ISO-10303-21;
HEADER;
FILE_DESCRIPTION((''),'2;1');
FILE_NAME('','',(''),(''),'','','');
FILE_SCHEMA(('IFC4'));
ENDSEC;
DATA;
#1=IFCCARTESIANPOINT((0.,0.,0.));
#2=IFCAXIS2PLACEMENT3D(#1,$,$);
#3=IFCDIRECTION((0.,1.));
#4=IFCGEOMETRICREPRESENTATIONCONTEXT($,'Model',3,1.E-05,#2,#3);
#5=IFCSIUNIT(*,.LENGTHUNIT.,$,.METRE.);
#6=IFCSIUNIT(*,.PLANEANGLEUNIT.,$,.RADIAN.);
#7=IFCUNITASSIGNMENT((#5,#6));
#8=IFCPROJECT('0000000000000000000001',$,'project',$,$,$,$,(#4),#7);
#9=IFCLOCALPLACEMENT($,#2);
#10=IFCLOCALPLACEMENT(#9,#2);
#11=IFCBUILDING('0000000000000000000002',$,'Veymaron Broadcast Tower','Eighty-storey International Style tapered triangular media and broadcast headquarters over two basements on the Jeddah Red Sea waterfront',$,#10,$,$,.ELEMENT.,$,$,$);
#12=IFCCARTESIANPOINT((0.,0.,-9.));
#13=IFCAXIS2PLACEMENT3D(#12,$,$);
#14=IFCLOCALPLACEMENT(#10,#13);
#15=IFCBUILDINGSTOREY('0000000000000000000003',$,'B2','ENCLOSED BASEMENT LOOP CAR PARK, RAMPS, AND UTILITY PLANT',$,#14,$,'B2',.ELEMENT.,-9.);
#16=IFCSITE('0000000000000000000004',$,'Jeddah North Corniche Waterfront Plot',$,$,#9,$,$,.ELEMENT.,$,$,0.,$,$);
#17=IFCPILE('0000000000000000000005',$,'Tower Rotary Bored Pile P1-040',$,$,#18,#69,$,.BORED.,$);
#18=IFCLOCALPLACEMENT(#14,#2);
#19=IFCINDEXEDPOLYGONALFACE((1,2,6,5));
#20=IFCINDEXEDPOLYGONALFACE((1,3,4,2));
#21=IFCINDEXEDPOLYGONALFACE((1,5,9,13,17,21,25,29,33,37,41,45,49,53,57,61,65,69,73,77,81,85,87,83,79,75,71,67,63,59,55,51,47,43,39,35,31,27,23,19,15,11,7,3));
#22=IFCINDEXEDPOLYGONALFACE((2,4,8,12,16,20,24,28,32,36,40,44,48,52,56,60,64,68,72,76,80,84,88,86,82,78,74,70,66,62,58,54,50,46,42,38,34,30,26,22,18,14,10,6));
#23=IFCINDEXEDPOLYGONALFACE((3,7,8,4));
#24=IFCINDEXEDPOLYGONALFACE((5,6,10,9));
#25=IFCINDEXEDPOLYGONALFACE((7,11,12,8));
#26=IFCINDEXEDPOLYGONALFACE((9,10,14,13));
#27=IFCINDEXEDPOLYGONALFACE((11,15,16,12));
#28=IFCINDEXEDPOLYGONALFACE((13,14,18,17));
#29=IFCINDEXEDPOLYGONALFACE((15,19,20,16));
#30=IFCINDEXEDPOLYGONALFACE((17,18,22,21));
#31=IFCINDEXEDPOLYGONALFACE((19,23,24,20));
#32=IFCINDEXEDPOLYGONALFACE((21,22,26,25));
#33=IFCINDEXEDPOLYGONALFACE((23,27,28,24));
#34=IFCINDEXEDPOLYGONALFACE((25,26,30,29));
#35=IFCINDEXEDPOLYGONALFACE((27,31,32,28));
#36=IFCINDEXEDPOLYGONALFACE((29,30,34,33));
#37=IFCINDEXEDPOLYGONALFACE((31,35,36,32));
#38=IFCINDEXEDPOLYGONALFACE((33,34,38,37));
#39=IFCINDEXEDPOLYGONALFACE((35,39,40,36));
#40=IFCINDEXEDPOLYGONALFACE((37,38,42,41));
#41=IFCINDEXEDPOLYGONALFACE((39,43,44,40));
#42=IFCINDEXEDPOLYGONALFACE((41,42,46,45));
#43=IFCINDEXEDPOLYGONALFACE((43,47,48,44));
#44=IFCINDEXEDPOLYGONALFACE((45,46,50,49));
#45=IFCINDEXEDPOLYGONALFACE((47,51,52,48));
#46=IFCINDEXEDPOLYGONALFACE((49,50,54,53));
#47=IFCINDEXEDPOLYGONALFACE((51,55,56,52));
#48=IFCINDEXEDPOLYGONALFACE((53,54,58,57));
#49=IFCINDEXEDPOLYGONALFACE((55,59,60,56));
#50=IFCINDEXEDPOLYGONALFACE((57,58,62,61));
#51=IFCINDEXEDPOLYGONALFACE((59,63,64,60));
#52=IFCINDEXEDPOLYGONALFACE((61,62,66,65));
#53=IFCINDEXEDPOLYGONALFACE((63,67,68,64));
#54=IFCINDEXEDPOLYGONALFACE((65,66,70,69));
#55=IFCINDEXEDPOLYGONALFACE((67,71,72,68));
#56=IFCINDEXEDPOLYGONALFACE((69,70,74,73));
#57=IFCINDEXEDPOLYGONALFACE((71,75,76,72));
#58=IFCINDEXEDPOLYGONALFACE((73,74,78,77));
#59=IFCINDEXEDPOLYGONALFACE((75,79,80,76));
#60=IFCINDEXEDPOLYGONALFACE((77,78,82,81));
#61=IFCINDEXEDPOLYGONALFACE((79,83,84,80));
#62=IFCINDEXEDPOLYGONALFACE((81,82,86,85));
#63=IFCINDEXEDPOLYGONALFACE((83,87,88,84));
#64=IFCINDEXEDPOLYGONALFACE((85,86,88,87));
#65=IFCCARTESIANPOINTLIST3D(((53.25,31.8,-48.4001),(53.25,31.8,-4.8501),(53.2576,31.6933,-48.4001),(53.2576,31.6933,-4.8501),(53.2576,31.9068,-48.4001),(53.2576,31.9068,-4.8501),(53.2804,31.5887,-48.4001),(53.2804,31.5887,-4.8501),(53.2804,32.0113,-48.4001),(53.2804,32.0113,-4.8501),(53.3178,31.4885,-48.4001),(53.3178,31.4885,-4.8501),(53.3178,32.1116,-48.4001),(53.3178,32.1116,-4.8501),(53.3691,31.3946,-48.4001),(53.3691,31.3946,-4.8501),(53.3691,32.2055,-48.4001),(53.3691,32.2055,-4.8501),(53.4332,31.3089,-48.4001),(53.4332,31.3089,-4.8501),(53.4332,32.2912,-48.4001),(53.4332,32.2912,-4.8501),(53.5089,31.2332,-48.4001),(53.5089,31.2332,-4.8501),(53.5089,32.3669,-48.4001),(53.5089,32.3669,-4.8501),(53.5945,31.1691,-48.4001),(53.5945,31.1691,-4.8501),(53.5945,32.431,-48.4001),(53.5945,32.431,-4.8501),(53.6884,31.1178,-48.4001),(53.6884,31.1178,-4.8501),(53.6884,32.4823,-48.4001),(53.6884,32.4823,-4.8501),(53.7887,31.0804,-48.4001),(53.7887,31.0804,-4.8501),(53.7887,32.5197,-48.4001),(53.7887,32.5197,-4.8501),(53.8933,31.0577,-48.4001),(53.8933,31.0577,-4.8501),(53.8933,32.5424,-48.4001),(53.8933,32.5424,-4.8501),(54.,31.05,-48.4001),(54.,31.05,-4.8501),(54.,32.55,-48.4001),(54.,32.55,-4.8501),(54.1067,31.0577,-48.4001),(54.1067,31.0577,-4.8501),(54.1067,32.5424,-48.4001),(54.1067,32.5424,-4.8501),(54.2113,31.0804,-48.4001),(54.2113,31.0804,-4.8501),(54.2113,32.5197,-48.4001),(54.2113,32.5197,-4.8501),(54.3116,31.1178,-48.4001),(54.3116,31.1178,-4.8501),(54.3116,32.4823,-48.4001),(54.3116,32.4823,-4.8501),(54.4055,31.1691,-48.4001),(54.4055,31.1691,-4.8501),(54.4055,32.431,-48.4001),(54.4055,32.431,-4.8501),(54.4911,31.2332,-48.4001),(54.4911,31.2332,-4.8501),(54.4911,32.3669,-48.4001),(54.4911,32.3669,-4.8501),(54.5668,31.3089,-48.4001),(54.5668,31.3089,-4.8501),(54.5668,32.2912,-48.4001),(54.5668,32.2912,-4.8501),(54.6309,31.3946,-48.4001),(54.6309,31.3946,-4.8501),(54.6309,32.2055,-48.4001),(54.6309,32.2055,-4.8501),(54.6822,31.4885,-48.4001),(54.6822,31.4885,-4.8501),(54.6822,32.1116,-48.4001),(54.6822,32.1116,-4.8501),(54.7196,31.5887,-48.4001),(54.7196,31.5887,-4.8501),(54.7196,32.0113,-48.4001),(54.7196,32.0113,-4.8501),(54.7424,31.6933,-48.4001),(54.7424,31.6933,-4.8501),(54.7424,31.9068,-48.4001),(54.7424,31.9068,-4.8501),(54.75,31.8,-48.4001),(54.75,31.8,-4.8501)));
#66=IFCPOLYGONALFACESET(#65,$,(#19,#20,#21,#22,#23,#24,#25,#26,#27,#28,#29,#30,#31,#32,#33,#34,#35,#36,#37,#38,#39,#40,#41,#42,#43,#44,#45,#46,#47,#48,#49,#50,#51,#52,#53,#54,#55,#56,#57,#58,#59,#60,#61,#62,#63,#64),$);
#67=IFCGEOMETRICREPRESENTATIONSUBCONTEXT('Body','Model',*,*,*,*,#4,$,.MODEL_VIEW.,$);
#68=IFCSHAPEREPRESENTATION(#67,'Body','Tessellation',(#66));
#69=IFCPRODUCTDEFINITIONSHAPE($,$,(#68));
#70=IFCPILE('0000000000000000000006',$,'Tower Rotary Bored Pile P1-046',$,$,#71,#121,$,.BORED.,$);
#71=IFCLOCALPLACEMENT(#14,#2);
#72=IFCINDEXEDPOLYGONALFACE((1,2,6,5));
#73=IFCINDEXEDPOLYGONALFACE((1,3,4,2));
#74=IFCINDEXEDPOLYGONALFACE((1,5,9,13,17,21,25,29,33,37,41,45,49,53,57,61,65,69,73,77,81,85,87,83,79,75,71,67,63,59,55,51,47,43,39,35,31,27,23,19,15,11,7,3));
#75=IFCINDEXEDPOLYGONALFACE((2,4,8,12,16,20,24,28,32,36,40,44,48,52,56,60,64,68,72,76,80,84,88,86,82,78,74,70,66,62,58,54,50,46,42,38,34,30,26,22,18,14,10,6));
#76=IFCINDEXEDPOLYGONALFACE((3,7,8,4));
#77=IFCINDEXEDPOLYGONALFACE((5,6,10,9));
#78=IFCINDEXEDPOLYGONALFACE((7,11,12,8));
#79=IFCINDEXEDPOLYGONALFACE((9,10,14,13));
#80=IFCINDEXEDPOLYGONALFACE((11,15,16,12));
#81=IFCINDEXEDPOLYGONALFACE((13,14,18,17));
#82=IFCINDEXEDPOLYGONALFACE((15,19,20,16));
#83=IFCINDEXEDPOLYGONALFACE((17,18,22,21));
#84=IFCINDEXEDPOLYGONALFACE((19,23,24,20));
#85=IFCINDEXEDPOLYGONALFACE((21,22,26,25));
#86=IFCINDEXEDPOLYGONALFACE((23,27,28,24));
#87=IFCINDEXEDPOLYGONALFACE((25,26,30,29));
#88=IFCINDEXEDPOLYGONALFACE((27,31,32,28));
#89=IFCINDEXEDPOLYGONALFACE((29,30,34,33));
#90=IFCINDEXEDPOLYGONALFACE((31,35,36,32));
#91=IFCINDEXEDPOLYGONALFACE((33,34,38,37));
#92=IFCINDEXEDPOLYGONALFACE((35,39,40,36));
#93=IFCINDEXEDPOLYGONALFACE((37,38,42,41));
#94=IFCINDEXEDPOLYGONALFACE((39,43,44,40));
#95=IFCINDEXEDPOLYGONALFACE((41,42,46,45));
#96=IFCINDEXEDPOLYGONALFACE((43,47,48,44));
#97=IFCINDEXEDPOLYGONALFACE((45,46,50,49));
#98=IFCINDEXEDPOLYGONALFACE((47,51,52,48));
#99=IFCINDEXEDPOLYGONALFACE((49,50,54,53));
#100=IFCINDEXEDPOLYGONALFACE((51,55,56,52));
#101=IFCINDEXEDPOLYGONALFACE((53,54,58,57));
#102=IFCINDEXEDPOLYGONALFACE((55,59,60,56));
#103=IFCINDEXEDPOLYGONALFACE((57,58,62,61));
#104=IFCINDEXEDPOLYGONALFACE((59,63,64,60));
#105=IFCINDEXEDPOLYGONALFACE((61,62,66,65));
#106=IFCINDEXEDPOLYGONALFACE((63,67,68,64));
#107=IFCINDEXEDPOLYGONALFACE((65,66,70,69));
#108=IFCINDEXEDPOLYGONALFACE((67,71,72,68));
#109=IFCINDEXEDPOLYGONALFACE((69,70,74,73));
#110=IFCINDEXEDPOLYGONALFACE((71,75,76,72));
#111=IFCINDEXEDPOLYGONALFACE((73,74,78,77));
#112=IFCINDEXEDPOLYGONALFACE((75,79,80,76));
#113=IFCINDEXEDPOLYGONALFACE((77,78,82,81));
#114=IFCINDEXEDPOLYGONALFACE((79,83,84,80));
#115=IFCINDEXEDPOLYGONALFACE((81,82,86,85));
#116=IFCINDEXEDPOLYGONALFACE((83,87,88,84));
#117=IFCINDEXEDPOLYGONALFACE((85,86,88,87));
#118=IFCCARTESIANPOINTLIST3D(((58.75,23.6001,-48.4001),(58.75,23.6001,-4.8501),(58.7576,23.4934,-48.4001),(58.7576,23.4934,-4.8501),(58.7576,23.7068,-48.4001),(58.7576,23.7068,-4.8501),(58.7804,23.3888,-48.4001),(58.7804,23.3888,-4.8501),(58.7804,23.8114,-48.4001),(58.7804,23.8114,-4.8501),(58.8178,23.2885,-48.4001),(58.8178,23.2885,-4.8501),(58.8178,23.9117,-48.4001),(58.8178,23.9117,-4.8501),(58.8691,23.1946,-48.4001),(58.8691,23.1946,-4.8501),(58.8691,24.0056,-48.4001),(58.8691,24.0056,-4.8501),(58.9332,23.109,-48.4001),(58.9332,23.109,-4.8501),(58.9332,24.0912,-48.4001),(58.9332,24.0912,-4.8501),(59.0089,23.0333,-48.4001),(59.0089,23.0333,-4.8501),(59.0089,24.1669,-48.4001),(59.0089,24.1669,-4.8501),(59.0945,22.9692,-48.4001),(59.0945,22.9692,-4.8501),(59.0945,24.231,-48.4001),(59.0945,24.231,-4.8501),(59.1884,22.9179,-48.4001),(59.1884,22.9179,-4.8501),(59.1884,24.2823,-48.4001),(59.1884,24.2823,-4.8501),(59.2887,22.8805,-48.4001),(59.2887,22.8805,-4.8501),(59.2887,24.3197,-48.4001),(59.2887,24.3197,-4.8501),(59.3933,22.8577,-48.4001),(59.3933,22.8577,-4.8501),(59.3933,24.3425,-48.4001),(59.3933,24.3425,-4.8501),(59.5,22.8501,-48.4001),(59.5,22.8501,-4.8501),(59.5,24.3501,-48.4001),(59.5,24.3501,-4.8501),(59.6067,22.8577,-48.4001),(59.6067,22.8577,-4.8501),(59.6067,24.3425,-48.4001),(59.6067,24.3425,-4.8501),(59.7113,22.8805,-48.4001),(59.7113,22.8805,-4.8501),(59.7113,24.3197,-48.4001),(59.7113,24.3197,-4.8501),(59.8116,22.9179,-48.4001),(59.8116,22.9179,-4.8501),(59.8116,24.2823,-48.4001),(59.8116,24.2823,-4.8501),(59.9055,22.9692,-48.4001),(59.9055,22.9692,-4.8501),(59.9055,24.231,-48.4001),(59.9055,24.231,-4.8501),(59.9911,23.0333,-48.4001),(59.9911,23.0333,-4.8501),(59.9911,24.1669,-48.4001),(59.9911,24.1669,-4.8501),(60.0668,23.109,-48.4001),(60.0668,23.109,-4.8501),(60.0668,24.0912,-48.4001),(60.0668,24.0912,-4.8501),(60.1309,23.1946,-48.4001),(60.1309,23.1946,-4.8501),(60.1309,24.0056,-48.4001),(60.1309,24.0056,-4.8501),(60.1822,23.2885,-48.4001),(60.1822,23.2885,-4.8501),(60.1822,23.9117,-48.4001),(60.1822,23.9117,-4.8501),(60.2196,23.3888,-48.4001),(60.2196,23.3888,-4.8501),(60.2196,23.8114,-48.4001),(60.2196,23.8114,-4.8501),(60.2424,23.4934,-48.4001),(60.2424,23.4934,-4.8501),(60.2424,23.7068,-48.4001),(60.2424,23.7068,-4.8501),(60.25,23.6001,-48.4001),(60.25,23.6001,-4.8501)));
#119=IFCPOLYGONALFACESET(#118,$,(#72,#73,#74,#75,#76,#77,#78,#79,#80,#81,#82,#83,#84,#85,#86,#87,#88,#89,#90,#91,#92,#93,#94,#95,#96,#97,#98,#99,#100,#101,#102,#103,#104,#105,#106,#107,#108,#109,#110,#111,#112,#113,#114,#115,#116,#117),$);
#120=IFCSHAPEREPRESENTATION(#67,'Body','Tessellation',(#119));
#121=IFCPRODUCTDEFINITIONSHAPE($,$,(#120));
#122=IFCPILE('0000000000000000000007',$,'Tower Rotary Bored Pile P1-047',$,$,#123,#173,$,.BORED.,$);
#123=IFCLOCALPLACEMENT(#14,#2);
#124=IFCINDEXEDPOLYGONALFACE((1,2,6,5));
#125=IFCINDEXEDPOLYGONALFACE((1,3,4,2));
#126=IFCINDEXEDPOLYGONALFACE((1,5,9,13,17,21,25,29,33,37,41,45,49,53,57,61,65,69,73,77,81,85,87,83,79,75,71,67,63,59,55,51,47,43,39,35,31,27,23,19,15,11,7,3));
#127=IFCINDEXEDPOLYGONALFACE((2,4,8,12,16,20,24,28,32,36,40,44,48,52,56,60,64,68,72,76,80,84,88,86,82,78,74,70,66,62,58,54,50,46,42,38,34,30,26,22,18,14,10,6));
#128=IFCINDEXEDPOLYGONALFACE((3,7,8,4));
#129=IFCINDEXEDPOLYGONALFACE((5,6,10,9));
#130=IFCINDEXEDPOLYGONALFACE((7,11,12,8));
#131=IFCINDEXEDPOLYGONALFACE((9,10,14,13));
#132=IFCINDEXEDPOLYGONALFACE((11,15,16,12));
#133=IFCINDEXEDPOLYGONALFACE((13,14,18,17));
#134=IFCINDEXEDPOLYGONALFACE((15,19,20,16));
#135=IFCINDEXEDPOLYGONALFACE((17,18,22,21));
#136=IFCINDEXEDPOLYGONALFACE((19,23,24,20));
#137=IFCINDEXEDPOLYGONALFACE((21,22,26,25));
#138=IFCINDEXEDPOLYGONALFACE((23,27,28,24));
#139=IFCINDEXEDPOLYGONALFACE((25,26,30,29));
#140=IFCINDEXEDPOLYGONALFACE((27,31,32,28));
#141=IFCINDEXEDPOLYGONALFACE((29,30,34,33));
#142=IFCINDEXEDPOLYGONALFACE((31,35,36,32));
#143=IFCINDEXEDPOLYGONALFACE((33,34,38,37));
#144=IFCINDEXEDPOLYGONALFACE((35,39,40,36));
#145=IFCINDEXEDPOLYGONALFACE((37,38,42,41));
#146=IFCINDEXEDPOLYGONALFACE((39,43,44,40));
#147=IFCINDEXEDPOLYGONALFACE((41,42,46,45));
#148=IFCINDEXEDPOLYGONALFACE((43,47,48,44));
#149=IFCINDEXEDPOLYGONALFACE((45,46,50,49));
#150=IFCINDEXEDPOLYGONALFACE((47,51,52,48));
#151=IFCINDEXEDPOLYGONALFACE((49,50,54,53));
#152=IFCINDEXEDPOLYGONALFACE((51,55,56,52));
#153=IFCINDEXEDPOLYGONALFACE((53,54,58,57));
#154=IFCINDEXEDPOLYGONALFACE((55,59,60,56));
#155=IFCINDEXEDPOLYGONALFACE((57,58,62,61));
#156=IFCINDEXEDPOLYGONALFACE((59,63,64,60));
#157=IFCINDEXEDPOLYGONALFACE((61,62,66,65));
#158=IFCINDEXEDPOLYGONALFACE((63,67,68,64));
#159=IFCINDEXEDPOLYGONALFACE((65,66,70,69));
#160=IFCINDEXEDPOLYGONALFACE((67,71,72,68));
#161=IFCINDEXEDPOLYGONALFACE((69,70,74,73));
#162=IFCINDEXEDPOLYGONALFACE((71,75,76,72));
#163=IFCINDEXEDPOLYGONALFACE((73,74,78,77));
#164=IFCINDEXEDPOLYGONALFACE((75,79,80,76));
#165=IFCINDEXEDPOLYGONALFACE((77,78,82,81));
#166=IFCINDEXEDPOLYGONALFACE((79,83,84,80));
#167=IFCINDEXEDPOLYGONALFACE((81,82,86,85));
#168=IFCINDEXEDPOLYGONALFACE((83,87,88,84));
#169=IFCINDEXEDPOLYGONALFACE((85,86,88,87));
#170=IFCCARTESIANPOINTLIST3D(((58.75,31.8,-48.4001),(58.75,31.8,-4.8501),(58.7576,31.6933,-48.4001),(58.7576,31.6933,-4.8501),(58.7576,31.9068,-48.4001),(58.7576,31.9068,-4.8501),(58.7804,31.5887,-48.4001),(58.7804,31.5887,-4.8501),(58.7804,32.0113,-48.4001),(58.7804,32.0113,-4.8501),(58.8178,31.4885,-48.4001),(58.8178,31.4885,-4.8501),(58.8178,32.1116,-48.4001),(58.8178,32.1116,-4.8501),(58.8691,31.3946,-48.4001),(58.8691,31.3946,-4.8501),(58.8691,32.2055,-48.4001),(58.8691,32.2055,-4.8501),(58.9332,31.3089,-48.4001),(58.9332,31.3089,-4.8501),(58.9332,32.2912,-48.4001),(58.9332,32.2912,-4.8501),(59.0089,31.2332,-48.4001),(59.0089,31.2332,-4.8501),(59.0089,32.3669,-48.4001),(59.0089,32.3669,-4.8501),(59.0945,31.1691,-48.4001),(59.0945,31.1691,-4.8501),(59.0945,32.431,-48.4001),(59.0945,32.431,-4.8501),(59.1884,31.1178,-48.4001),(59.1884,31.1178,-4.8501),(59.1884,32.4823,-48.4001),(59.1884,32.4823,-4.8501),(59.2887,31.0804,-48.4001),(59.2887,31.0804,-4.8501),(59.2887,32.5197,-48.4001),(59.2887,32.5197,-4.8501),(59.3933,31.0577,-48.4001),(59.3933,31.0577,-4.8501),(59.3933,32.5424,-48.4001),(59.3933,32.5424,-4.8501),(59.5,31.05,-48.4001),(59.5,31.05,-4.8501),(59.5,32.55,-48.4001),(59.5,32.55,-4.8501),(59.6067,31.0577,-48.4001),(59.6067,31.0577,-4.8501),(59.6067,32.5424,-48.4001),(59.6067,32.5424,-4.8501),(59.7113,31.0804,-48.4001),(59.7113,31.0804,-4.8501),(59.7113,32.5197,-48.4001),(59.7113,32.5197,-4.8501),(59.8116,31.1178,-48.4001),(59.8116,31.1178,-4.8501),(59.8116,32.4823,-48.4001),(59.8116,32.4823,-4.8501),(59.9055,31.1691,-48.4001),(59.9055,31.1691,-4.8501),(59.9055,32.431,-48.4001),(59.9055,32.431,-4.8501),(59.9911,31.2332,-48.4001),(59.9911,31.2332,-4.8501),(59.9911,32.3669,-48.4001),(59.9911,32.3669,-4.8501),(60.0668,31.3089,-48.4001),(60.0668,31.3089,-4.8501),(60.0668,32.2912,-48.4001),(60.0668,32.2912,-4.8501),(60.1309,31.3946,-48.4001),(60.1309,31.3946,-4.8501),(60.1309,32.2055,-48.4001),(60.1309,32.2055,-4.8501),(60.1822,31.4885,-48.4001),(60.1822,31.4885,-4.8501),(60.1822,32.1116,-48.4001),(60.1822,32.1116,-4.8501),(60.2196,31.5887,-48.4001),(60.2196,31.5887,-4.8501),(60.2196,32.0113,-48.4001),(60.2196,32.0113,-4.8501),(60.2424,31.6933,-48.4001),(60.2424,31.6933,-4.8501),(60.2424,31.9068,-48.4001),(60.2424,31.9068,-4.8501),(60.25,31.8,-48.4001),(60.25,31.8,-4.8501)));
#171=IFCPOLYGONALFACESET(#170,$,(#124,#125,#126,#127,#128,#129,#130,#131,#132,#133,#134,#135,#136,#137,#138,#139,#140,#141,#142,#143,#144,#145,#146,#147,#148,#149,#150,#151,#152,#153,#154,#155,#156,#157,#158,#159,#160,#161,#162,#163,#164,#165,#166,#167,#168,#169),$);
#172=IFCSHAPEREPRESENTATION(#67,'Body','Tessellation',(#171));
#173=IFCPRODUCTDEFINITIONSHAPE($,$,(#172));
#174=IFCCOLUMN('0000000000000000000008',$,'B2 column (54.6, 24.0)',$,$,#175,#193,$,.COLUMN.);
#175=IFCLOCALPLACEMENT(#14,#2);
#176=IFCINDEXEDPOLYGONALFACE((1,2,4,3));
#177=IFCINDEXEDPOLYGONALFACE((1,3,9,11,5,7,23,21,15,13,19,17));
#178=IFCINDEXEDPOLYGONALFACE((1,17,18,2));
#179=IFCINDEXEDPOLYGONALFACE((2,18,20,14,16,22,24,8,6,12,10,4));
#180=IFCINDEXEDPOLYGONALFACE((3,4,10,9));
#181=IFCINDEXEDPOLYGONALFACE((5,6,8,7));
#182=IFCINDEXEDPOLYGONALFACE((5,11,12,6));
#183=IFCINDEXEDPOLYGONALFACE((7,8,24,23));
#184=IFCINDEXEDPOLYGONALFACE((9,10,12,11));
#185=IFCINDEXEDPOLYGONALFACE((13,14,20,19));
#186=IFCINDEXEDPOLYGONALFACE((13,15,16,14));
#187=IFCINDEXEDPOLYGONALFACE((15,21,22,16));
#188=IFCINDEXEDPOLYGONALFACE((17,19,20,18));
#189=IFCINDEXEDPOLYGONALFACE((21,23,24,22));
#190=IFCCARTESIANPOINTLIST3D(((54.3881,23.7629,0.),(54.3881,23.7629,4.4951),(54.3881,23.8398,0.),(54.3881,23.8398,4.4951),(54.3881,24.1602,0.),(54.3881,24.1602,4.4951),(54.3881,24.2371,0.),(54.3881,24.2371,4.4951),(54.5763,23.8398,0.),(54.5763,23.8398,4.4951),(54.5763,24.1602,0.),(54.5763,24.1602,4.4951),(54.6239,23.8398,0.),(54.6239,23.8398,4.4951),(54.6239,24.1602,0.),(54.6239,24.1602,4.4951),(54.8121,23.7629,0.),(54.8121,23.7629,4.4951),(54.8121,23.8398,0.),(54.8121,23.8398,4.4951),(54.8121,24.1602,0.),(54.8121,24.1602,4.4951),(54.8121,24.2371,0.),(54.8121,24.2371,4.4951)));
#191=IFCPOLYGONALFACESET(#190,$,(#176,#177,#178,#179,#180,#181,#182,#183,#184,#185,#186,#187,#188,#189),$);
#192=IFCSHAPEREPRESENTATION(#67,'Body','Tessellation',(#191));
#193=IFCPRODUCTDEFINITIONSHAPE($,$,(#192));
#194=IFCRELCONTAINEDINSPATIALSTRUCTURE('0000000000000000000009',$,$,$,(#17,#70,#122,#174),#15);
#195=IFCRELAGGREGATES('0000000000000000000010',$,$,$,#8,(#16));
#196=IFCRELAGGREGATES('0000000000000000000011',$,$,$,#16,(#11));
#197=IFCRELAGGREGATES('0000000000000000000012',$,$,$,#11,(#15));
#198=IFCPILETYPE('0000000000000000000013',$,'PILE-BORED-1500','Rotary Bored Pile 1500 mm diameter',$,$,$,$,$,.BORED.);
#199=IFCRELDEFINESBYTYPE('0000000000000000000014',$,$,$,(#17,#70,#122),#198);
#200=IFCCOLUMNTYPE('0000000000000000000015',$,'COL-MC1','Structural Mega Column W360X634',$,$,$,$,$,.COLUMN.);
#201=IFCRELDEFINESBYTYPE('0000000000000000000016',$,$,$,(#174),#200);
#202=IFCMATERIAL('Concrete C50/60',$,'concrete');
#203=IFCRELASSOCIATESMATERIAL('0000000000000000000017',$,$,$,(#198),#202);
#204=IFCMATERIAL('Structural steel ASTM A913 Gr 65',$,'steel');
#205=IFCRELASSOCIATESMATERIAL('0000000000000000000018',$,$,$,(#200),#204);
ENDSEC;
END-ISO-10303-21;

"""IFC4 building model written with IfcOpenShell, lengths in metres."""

from ifc_helpers import new_model, si_unit, direction, frame, origin, origin_2d, place, context, subcontext, project, spatial, circle, i_section, extrude, material, material_profile, profile_set, type_object, element, save


model = new_model("IFC4")

# Units and contexts
model_context = context("Model", 3, precision=1e-05, world=origin(), true_north=direction((0.0, 1.0)))
body_context = subcontext(model_context, "Body", "Model", "MODEL_VIEW")
ifc_project = project(units=[si_unit("LENGTHUNIT", "METRE"), si_unit("PLANEANGLEUNIT", "RADIAN")], contexts=[model_context])

# Site, building, storey
site_placement = place(None, origin())
site = spatial("IfcSite", under=ifc_project, at=site_placement, Name="Jeddah North Corniche Waterfront Plot", CompositionType="ELEMENT", RefElevation=0.0)
building_placement = place(site_placement, origin())
building = spatial("IfcBuilding", under=site, at=building_placement, Name="Veymaron Broadcast Tower", Description="Eighty-storey International Style tapered triangular media and broadcast headquarters over two basements on the Jeddah Red Sea waterfront", CompositionType="ELEMENT")
storey_placement = place(building_placement, frame((0.0, 0.0, -9.0)))
storey = spatial("IfcBuildingStorey", under=building, at=storey_placement, Name="B2", Description="ENCLOSED BASEMENT LOOP CAR PARK, RAMPS, AND UTILITY PLANT", LongName="B2", CompositionType="ELEMENT", Elevation=-9.0)

# Piles
ifc_material_1 = material(Name="Concrete C50/60", Category="concrete")
ifc_material_profile_1 = material_profile(ifc_material_1, circle(Radius=0.75, at=origin_2d()), Name="PILE1500")
ifc_profile_set_1 = profile_set([ifc_material_profile_1], Name="Concrete C50/60")
pile_type = type_object("IfcPileType", Name="PILE-BORED-1500", Description="Rotary Bored Pile 1500 mm diameter", PredefinedType="BORED", material=ifc_profile_set_1)
for number, where, z_axis, x_axis, name in (
    (1, (54.0, 31.8, -4.8501), (0.0, 0.0, -1.0), (1.0, 0.0, 0.0), "Tower Rotary Bored Pile P1-040"),
    (2, (59.5, 23.6001, -4.8501), (0.0, 0.0, -1.0), (1.0, 0.0, 0.0), "Tower Rotary Bored Pile P1-046"),
    (3, (59.5, 31.8, -4.8501), (0.0, 0.0, -1.0), (1.0, 0.0, 0.0), "Tower Rotary Bored Pile P1-047"),
):
    element("IfcPile", number, at=place(storey_placement, frame(where, z_axis=z_axis, x_axis=x_axis)), inside=storey, type_object=pile_type, Name=name, PredefinedType="BORED", context=body_context, shape_type="SweptSolid", body=[
        extrude(circle(Radius=0.75, at=origin_2d()), origin(), (0.0, 0.0, 1.0), 43.55),
    ])

# Column
ifc_material_2 = material(Name="Structural steel ASTM A913 Gr 65", Category="steel")
ifc_material_profile_2 = material_profile(ifc_material_2, i_section(OverallWidth=0.4241, OverallDepth=0.4741, WebThickness=0.0476, FlangeThickness=0.0769, at=origin_2d()), Name="W360X634")
ifc_profile_set_2 = profile_set([ifc_material_profile_2], Name="Structural steel ASTM A913 Gr 65")
column_type_1 = type_object("IfcColumnType", Name="COL-MC1", Description="Structural Mega Column W360X634", PredefinedType="COLUMN", material=ifc_profile_set_2)
for number, where, z_axis, x_axis, name in (
    (4, (54.6001, 24.0, 0.0), (0.0, 0.0, 1.0), (1.0, 0.0, 0.0), "B2 column (54.6, 24.0)"),
):
    element("IfcColumn", number, at=place(storey_placement, frame(where, z_axis=z_axis, x_axis=x_axis)), inside=storey, type_object=column_type_1, Name=name, PredefinedType="COLUMN", context=body_context, shape_type="SweptSolid", body=[
        extrude(i_section(OverallWidth=0.4241, OverallDepth=0.4741, WebThickness=0.0476, FlangeThickness=0.0769, at=origin_2d()), origin(), (0.0, 0.0, 1.0), 4.4951),
    ])

save(model, "model.ifc")
